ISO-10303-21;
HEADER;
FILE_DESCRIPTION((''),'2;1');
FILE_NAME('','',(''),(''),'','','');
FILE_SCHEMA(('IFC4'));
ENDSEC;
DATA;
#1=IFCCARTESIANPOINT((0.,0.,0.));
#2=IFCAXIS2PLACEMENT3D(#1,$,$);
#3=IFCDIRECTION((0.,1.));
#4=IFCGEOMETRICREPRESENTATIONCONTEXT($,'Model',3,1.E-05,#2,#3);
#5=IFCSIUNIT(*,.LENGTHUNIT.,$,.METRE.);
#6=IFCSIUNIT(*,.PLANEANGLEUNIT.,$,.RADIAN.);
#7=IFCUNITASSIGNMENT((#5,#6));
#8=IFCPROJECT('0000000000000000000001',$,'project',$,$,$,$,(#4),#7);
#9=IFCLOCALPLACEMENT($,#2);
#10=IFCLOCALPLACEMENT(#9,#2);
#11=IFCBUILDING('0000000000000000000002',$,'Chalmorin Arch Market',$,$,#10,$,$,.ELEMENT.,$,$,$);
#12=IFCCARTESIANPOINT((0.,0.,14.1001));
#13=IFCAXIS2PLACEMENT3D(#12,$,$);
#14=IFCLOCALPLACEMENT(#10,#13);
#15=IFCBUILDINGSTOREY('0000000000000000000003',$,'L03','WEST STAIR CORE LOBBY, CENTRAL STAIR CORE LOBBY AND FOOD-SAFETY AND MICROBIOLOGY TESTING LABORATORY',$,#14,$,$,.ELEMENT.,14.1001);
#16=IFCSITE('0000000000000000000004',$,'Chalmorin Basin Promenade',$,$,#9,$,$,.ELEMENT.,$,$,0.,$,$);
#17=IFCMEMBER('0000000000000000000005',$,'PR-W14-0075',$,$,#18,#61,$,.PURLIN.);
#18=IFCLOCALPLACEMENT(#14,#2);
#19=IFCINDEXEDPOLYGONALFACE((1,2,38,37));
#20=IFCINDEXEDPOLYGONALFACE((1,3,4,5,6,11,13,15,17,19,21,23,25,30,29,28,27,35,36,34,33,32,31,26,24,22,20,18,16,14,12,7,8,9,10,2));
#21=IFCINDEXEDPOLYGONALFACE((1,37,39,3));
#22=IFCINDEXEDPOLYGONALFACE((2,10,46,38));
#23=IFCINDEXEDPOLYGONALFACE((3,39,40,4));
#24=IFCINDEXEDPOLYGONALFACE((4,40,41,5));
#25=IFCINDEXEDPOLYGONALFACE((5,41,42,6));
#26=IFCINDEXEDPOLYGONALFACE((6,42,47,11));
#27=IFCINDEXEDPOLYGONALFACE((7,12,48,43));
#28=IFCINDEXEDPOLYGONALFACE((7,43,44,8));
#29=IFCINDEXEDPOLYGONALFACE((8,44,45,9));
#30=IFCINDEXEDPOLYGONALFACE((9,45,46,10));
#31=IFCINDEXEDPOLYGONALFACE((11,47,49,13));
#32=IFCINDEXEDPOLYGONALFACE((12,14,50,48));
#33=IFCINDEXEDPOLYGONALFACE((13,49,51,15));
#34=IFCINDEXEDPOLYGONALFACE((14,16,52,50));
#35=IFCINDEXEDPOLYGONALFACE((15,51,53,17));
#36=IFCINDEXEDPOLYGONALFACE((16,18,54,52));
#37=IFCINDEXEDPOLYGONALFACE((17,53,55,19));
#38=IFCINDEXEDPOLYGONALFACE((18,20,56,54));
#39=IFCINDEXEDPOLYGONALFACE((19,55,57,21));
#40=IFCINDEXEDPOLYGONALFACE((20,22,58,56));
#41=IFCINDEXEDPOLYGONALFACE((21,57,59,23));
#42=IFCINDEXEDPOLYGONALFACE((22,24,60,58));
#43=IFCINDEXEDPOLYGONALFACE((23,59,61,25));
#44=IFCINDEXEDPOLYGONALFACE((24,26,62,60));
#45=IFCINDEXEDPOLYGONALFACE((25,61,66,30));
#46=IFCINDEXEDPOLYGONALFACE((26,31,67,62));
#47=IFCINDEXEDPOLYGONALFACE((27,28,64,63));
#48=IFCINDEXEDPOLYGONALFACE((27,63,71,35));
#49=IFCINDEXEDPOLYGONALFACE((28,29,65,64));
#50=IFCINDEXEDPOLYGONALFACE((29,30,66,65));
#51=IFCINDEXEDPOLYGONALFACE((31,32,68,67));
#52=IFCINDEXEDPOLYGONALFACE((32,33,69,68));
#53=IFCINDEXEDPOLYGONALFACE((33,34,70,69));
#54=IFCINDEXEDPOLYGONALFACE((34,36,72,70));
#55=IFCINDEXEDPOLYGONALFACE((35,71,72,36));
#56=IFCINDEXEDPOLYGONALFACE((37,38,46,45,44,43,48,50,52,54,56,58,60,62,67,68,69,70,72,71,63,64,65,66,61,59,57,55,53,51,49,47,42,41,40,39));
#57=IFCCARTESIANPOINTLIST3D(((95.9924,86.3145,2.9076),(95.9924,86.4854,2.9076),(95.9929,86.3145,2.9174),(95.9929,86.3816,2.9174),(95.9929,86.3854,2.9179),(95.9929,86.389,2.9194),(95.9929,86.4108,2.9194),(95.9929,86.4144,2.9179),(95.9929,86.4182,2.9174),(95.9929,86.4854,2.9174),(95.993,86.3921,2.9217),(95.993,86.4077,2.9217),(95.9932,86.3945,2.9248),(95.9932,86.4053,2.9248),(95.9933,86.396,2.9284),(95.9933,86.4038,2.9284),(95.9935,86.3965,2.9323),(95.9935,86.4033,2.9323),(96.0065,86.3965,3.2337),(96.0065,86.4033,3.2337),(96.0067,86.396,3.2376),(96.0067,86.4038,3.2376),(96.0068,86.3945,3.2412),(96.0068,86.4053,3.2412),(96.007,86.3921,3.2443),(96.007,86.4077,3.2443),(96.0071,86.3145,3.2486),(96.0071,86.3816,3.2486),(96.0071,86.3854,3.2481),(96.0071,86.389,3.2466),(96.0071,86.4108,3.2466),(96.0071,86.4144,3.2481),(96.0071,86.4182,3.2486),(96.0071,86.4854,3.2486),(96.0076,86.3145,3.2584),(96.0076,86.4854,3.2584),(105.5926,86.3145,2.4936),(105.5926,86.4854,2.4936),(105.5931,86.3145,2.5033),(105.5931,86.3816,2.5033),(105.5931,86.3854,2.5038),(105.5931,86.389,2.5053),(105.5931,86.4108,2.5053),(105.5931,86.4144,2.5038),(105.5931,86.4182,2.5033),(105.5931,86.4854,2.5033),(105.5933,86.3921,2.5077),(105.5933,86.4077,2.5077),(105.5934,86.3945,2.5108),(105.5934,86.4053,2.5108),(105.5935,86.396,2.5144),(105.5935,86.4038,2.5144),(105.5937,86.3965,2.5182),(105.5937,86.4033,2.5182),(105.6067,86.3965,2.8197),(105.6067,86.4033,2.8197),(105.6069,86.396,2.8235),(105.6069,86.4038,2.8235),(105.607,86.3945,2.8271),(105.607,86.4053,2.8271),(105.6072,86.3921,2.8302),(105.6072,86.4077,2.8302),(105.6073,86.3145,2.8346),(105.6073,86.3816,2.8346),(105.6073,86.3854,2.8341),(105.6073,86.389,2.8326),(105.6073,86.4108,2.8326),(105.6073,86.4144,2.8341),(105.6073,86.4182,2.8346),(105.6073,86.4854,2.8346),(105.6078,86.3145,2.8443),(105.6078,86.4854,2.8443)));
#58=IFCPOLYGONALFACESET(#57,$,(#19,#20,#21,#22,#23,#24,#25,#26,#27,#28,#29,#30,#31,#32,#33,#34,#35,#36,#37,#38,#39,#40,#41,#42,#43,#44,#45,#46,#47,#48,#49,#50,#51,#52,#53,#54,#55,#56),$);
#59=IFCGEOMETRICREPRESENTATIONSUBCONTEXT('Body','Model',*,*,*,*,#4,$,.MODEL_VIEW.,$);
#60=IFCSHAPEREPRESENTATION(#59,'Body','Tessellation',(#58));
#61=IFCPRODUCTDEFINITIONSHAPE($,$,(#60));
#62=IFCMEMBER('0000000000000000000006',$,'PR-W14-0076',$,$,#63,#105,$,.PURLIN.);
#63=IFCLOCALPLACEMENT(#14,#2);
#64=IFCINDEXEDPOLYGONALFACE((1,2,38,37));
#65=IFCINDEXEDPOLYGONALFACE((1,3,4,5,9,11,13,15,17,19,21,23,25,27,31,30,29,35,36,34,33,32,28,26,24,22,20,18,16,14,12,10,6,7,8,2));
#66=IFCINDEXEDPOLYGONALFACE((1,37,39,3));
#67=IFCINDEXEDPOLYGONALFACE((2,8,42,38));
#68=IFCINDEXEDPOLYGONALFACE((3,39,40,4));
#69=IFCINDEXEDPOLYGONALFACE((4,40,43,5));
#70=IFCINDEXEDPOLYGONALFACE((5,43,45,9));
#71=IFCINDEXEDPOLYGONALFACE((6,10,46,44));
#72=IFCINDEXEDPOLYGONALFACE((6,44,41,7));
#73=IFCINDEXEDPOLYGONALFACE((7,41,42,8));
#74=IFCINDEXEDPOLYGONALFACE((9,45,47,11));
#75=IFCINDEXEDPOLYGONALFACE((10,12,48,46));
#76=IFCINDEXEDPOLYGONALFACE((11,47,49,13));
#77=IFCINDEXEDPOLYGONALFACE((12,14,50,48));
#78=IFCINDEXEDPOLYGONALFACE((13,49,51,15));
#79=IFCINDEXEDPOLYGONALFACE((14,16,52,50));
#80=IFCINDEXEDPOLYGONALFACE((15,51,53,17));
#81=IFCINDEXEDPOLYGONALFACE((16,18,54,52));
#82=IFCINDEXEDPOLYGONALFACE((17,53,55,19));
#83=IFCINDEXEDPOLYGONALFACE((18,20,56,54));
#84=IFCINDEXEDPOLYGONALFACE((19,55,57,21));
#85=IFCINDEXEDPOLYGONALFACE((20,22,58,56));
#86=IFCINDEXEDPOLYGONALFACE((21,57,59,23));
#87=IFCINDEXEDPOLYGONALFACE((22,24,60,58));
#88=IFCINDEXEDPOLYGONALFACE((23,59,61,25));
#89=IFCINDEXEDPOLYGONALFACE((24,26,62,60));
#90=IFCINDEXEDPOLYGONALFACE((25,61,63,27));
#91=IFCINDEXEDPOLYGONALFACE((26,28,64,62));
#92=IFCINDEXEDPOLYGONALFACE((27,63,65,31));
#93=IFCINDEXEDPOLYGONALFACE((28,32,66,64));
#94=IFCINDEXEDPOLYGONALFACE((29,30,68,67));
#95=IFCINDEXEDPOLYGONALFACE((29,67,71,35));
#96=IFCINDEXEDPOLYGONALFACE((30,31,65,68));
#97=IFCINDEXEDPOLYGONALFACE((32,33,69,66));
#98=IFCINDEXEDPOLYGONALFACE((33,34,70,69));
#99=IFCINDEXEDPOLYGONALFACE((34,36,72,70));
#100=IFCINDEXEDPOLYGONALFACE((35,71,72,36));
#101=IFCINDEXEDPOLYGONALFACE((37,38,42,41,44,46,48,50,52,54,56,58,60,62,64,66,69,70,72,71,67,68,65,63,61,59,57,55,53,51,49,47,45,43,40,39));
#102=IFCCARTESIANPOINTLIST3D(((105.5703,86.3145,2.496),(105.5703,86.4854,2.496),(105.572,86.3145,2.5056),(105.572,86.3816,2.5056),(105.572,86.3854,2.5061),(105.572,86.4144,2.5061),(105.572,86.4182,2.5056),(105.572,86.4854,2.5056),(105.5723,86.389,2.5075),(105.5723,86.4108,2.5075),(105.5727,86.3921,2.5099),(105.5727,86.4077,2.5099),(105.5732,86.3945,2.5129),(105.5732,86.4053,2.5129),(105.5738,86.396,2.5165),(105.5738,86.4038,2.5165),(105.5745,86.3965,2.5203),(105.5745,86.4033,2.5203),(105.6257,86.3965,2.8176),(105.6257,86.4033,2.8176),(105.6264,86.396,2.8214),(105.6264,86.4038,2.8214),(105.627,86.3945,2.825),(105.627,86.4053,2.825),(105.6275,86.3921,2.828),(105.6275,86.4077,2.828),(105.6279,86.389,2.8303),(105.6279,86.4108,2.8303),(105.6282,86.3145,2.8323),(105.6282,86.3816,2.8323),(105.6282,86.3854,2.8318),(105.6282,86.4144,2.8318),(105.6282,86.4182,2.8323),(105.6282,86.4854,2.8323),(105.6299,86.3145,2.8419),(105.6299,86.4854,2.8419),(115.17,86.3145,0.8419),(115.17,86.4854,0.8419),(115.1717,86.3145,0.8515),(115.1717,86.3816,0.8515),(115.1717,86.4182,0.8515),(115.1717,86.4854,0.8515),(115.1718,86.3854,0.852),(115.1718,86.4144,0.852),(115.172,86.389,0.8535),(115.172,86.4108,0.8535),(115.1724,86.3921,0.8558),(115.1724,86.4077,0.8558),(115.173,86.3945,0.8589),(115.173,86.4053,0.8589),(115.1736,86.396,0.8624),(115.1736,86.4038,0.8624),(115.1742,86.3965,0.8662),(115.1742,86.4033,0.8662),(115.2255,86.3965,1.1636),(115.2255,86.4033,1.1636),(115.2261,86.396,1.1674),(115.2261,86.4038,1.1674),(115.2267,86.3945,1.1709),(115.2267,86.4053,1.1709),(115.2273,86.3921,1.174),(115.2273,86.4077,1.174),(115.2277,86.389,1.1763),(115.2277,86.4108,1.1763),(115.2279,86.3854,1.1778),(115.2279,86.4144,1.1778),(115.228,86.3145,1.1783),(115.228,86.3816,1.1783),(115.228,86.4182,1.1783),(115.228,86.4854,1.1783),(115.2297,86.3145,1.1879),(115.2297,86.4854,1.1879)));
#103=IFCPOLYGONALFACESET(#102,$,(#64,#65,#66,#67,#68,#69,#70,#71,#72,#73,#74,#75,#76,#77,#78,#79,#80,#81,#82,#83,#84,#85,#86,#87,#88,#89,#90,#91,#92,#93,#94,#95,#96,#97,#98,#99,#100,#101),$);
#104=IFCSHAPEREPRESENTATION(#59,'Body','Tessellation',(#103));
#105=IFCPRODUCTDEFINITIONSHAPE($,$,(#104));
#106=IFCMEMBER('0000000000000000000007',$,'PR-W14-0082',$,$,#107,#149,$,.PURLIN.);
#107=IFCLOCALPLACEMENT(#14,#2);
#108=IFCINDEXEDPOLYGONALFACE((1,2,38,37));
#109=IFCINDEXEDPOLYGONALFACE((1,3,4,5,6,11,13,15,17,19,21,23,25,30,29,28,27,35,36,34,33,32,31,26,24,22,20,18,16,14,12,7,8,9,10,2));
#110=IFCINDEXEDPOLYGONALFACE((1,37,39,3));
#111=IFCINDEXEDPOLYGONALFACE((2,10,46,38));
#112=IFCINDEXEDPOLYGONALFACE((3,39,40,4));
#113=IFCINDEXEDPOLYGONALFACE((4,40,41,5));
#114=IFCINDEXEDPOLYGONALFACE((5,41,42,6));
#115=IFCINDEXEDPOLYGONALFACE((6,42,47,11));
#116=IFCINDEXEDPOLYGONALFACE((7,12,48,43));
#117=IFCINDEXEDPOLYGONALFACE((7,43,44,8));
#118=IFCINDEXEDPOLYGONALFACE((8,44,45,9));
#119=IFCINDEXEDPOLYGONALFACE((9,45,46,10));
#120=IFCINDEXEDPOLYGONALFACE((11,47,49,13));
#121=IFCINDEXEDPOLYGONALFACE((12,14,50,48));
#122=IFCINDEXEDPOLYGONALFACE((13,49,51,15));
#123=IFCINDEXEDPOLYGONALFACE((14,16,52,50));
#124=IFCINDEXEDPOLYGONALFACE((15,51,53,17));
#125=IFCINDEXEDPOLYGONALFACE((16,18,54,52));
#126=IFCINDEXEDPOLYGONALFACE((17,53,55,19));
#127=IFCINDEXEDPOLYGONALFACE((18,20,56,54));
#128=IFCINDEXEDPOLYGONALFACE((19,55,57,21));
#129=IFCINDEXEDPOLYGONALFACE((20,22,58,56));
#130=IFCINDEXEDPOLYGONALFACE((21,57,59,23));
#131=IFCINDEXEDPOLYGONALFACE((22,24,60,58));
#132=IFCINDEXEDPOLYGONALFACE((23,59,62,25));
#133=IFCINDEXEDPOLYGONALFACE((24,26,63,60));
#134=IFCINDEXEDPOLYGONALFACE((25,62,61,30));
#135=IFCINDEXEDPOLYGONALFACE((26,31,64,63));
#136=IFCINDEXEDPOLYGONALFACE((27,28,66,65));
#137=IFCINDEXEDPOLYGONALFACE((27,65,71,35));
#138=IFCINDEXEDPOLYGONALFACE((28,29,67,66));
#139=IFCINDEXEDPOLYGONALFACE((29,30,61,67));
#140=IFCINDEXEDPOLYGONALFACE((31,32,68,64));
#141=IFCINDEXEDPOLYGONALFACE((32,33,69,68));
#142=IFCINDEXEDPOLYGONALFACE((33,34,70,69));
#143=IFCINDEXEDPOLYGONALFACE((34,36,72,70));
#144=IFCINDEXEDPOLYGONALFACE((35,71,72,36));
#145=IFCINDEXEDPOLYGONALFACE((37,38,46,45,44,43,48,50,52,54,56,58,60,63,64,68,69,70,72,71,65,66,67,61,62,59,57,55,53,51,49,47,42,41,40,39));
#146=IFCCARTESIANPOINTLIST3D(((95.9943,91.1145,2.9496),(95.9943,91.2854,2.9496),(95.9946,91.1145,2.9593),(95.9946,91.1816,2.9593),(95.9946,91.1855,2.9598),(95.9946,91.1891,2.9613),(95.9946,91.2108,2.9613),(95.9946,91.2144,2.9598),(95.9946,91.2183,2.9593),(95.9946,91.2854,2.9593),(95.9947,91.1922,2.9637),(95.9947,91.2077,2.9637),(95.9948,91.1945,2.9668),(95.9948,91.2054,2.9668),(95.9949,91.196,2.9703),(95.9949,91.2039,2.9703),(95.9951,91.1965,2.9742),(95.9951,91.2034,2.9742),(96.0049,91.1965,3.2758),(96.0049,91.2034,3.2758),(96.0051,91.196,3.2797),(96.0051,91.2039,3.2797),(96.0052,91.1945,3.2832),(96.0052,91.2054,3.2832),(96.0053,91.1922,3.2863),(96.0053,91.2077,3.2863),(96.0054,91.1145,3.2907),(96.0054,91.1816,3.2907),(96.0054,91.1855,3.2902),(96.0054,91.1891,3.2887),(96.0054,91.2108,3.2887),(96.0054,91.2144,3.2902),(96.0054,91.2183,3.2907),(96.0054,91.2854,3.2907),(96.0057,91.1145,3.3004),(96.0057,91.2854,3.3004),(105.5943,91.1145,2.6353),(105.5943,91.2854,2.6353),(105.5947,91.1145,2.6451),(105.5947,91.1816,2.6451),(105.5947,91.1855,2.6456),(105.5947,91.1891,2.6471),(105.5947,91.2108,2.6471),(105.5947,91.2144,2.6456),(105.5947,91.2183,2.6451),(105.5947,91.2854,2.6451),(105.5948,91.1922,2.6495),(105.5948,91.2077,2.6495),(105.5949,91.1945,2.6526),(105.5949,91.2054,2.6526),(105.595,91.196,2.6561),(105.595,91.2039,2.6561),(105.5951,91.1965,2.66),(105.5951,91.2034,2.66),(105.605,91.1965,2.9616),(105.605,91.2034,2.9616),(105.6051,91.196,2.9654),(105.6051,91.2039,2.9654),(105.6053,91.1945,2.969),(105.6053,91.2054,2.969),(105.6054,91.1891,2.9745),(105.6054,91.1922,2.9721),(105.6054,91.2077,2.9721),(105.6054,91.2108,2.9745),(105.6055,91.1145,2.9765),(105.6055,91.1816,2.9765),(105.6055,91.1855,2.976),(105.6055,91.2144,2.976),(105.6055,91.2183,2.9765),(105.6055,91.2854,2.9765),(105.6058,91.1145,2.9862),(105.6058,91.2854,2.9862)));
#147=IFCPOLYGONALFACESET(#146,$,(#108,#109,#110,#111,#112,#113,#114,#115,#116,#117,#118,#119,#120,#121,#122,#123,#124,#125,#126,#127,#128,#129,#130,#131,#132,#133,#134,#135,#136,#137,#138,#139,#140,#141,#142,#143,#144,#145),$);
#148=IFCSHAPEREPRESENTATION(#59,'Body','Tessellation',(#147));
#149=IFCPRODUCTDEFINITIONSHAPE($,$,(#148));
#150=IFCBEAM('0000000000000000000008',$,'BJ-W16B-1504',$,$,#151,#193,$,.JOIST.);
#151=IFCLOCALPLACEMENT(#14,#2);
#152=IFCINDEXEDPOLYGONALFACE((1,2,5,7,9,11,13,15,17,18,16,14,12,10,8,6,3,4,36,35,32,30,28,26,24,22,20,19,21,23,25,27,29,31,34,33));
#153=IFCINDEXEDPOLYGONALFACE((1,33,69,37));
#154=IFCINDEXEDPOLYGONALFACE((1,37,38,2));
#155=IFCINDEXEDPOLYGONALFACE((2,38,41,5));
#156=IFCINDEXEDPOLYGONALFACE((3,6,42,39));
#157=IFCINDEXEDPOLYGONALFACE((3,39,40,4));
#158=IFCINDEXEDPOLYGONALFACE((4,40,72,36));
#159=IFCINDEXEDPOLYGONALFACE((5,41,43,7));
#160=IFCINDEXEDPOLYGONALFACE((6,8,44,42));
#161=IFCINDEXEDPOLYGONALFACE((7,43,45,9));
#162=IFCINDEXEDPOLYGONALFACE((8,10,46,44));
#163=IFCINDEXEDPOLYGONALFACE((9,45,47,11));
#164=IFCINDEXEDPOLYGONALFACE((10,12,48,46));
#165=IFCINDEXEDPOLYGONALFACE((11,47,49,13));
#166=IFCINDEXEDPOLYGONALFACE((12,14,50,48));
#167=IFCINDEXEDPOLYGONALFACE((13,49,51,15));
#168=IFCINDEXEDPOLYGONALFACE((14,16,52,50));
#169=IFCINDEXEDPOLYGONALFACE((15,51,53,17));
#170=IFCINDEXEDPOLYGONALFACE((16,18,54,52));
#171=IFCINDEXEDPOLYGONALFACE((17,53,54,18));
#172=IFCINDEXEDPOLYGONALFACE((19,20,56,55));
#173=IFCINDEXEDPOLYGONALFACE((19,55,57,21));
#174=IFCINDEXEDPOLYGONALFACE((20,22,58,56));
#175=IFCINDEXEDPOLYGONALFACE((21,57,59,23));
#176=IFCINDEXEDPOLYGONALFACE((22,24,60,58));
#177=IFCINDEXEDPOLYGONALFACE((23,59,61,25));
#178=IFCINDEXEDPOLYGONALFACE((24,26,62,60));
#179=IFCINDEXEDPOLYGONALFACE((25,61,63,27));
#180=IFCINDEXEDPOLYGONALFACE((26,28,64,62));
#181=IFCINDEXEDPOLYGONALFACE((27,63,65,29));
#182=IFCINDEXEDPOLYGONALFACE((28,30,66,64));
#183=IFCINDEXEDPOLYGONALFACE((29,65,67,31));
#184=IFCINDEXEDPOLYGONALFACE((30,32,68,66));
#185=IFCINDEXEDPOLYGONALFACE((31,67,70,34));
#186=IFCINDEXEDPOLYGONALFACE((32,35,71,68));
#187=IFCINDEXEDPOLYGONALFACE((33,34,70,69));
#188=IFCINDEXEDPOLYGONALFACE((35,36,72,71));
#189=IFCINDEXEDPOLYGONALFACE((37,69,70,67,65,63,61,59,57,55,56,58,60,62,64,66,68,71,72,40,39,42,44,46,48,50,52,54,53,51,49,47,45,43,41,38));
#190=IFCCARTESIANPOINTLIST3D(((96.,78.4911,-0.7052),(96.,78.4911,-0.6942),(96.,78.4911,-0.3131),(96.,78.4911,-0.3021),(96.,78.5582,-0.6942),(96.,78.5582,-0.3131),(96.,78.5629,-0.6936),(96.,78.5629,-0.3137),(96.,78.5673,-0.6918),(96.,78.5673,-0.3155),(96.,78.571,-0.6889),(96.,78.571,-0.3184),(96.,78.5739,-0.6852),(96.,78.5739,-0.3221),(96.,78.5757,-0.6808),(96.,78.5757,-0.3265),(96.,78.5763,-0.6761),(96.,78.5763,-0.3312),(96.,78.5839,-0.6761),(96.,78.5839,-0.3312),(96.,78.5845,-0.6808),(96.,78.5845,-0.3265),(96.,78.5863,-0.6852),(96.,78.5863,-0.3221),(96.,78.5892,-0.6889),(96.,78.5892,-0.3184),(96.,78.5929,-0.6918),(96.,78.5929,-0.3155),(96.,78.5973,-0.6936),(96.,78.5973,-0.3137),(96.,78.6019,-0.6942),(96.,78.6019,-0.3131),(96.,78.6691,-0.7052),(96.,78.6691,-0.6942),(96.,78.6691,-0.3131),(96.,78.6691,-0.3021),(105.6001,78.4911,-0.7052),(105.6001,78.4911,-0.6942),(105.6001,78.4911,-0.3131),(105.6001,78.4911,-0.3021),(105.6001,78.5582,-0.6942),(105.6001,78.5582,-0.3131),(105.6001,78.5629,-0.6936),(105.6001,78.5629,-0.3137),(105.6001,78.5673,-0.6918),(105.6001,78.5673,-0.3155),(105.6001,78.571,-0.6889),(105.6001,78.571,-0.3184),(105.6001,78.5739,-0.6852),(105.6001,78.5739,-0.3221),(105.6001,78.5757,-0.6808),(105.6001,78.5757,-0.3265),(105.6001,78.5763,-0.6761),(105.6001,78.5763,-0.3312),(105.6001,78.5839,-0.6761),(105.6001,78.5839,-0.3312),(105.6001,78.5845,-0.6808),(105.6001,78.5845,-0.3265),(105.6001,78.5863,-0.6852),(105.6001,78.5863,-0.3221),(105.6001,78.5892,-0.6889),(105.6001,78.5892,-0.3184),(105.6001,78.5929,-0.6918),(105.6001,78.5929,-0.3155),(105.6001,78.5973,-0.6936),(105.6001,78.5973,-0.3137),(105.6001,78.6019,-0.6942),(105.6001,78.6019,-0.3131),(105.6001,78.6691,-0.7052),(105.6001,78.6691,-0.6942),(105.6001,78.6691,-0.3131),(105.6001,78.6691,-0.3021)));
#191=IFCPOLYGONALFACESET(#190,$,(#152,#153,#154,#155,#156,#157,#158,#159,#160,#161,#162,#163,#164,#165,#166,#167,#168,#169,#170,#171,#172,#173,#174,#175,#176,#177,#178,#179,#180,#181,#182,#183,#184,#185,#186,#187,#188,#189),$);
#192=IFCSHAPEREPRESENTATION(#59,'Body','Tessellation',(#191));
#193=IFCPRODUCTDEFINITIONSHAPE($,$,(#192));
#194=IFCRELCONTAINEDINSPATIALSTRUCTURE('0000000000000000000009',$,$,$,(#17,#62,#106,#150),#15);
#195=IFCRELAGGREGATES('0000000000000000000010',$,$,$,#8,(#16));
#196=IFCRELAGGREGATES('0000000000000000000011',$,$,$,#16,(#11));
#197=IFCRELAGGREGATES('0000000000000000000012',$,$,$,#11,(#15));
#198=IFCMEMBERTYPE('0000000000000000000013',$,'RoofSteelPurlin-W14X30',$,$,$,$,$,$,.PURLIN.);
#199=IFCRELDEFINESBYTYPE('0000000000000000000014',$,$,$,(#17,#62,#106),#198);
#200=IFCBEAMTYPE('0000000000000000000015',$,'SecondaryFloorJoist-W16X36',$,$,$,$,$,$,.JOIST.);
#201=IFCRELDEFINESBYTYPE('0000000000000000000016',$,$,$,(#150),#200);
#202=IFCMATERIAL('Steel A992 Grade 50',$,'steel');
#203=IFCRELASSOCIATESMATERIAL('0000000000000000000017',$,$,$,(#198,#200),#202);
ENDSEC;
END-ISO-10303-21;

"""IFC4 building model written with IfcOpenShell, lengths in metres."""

from ifc_helpers import new_model, si_unit, direction, frame, origin, origin_2d, place, context, subcontext, project, spatial, i_section, extrude, material, material_profile, profile_set, type_object, element, save


model = new_model("IFC4")

# Units and contexts
model_context = context("Model", 3, precision=1e-05, world=origin(), true_north=direction((0.0, 1.0)))
body_context = subcontext(model_context, "Body", "Model", "MODEL_VIEW")
ifc_project = project(units=[si_unit("LENGTHUNIT", "METRE"), si_unit("PLANEANGLEUNIT", "RADIAN")], contexts=[model_context])

# Site, building, storey
site_placement = place(None, origin())
site = spatial("IfcSite", under=ifc_project, at=site_placement, Name="Chalmorin Basin Promenade", CompositionType="ELEMENT", RefElevation=0.0)
building_placement = place(site_placement, origin())
building = spatial("IfcBuilding", under=site, at=building_placement, Name="Chalmorin Arch Market", CompositionType="ELEMENT")
storey_placement = place(building_placement, frame((0.0, 0.0, 14.1001)))
storey = spatial("IfcBuildingStorey", under=building, at=storey_placement, Name="L03", Description="WEST STAIR CORE LOBBY, CENTRAL STAIR CORE LOBBY AND FOOD-SAFETY AND MICROBIOLOGY TESTING LABORATORY", CompositionType="ELEMENT", Elevation=14.1001)

# Shared definitions
ifc_material_1 = material(Name="Steel A992 Grade 50", Category="steel")

# Members
ifc_material_profile_1 = material_profile(ifc_material_1, i_section(OverallWidth=0.1709, OverallDepth=0.3511, WebThickness=0.0068, FlangeThickness=0.0098, FilletRadius=0.0149, at=origin_2d()), Name="W14X30")
ifc_profile_set_1 = profile_set([ifc_material_profile_1], Name="Steel A992 Grade 50")
member_type = type_object("IfcMemberType", Name="RoofSteelPurlin-W14X30", PredefinedType="PURLIN", material=ifc_profile_set_1)
member_1_placement = place(storey_placement, frame((96.0, 86.3999, 3.083), z_axis=(0.999071, 0.0, -0.043091), x_axis=(0.0, 1.0, 0.0)))
element("IfcMember", 1, at=member_1_placement, inside=storey, type_object=member_type, Name="PR-W14-0075", PredefinedType="PURLIN", context=body_context, shape_type="SweptSolid", body=[
    extrude(i_section(OverallWidth=0.1709, OverallDepth=0.3511, WebThickness=0.0068, FlangeThickness=0.0098, FilletRadius=0.0149, at=origin_2d()), origin(), (0.0, 0.0, 1.0), 9.6091),
])
member_2_placement = place(storey_placement, frame((105.6001, 86.3999, 2.6689), z_axis=(0.985479, 0.0, -0.169798), x_axis=(0.0, 1.0, 0.0)))
element("IfcMember", 2, at=member_2_placement, inside=storey, type_object=member_type, Name="PR-W14-0076", PredefinedType="PURLIN", context=body_context, shape_type="SweptSolid", body=[
    extrude(i_section(OverallWidth=0.1709, OverallDepth=0.3511, WebThickness=0.0068, FlangeThickness=0.0098, FilletRadius=0.0149, at=origin_2d()), origin(), (0.0, 0.0, 1.0), 9.7412),
])
member_3_placement = place(storey_placement, frame((96.0, 91.2, 3.125), z_axis=(0.999465, 0.0, -0.032712), x_axis=(0.0, 1.0, 0.0)))
element("IfcMember", 3, at=member_3_placement, inside=storey, type_object=member_type, Name="PR-W14-0082", PredefinedType="PURLIN", context=body_context, shape_type="SweptSolid", body=[
    extrude(i_section(OverallWidth=0.1709, OverallDepth=0.3511, WebThickness=0.0068, FlangeThickness=0.0098, FilletRadius=0.0149, at=origin_2d()), origin(), (0.0, 0.0, 1.0), 9.6052),
])

# Beam
ifc_material_profile_2 = material_profile(ifc_material_1, i_section(OverallWidth=0.178, OverallDepth=0.4031, WebThickness=0.0076, FlangeThickness=0.011, FilletRadius=0.0181, at=origin_2d()), Name="W16X36")
ifc_profile_set_2 = profile_set([ifc_material_profile_2], Name="Steel A992 Grade 50")
beam_type_1 = type_object("IfcBeamType", Name="SecondaryFloorJoist-W16X36", PredefinedType="JOIST", material=ifc_profile_set_2)
for number, where, z_axis, x_axis, name in (
    (4, (96.0, 78.5801, -0.5037), (1.0, 0.0, 0.0), (0.0, 1.0, 0.0), "BJ-W16B-1504"),
):
    element("IfcBeam", number, at=place(storey_placement, frame(where, z_axis=z_axis, x_axis=x_axis)), inside=storey, type_object=beam_type_1, Name=name, PredefinedType="JOIST", context=body_context, shape_type="SweptSolid", body=[
        extrude(i_section(OverallWidth=0.178, OverallDepth=0.4031, WebThickness=0.0076, FlangeThickness=0.011, FilletRadius=0.0181, at=origin_2d()), origin(), (0.0, 0.0, 1.0), 9.6001),
    ])

save(model, "model.ifc")
